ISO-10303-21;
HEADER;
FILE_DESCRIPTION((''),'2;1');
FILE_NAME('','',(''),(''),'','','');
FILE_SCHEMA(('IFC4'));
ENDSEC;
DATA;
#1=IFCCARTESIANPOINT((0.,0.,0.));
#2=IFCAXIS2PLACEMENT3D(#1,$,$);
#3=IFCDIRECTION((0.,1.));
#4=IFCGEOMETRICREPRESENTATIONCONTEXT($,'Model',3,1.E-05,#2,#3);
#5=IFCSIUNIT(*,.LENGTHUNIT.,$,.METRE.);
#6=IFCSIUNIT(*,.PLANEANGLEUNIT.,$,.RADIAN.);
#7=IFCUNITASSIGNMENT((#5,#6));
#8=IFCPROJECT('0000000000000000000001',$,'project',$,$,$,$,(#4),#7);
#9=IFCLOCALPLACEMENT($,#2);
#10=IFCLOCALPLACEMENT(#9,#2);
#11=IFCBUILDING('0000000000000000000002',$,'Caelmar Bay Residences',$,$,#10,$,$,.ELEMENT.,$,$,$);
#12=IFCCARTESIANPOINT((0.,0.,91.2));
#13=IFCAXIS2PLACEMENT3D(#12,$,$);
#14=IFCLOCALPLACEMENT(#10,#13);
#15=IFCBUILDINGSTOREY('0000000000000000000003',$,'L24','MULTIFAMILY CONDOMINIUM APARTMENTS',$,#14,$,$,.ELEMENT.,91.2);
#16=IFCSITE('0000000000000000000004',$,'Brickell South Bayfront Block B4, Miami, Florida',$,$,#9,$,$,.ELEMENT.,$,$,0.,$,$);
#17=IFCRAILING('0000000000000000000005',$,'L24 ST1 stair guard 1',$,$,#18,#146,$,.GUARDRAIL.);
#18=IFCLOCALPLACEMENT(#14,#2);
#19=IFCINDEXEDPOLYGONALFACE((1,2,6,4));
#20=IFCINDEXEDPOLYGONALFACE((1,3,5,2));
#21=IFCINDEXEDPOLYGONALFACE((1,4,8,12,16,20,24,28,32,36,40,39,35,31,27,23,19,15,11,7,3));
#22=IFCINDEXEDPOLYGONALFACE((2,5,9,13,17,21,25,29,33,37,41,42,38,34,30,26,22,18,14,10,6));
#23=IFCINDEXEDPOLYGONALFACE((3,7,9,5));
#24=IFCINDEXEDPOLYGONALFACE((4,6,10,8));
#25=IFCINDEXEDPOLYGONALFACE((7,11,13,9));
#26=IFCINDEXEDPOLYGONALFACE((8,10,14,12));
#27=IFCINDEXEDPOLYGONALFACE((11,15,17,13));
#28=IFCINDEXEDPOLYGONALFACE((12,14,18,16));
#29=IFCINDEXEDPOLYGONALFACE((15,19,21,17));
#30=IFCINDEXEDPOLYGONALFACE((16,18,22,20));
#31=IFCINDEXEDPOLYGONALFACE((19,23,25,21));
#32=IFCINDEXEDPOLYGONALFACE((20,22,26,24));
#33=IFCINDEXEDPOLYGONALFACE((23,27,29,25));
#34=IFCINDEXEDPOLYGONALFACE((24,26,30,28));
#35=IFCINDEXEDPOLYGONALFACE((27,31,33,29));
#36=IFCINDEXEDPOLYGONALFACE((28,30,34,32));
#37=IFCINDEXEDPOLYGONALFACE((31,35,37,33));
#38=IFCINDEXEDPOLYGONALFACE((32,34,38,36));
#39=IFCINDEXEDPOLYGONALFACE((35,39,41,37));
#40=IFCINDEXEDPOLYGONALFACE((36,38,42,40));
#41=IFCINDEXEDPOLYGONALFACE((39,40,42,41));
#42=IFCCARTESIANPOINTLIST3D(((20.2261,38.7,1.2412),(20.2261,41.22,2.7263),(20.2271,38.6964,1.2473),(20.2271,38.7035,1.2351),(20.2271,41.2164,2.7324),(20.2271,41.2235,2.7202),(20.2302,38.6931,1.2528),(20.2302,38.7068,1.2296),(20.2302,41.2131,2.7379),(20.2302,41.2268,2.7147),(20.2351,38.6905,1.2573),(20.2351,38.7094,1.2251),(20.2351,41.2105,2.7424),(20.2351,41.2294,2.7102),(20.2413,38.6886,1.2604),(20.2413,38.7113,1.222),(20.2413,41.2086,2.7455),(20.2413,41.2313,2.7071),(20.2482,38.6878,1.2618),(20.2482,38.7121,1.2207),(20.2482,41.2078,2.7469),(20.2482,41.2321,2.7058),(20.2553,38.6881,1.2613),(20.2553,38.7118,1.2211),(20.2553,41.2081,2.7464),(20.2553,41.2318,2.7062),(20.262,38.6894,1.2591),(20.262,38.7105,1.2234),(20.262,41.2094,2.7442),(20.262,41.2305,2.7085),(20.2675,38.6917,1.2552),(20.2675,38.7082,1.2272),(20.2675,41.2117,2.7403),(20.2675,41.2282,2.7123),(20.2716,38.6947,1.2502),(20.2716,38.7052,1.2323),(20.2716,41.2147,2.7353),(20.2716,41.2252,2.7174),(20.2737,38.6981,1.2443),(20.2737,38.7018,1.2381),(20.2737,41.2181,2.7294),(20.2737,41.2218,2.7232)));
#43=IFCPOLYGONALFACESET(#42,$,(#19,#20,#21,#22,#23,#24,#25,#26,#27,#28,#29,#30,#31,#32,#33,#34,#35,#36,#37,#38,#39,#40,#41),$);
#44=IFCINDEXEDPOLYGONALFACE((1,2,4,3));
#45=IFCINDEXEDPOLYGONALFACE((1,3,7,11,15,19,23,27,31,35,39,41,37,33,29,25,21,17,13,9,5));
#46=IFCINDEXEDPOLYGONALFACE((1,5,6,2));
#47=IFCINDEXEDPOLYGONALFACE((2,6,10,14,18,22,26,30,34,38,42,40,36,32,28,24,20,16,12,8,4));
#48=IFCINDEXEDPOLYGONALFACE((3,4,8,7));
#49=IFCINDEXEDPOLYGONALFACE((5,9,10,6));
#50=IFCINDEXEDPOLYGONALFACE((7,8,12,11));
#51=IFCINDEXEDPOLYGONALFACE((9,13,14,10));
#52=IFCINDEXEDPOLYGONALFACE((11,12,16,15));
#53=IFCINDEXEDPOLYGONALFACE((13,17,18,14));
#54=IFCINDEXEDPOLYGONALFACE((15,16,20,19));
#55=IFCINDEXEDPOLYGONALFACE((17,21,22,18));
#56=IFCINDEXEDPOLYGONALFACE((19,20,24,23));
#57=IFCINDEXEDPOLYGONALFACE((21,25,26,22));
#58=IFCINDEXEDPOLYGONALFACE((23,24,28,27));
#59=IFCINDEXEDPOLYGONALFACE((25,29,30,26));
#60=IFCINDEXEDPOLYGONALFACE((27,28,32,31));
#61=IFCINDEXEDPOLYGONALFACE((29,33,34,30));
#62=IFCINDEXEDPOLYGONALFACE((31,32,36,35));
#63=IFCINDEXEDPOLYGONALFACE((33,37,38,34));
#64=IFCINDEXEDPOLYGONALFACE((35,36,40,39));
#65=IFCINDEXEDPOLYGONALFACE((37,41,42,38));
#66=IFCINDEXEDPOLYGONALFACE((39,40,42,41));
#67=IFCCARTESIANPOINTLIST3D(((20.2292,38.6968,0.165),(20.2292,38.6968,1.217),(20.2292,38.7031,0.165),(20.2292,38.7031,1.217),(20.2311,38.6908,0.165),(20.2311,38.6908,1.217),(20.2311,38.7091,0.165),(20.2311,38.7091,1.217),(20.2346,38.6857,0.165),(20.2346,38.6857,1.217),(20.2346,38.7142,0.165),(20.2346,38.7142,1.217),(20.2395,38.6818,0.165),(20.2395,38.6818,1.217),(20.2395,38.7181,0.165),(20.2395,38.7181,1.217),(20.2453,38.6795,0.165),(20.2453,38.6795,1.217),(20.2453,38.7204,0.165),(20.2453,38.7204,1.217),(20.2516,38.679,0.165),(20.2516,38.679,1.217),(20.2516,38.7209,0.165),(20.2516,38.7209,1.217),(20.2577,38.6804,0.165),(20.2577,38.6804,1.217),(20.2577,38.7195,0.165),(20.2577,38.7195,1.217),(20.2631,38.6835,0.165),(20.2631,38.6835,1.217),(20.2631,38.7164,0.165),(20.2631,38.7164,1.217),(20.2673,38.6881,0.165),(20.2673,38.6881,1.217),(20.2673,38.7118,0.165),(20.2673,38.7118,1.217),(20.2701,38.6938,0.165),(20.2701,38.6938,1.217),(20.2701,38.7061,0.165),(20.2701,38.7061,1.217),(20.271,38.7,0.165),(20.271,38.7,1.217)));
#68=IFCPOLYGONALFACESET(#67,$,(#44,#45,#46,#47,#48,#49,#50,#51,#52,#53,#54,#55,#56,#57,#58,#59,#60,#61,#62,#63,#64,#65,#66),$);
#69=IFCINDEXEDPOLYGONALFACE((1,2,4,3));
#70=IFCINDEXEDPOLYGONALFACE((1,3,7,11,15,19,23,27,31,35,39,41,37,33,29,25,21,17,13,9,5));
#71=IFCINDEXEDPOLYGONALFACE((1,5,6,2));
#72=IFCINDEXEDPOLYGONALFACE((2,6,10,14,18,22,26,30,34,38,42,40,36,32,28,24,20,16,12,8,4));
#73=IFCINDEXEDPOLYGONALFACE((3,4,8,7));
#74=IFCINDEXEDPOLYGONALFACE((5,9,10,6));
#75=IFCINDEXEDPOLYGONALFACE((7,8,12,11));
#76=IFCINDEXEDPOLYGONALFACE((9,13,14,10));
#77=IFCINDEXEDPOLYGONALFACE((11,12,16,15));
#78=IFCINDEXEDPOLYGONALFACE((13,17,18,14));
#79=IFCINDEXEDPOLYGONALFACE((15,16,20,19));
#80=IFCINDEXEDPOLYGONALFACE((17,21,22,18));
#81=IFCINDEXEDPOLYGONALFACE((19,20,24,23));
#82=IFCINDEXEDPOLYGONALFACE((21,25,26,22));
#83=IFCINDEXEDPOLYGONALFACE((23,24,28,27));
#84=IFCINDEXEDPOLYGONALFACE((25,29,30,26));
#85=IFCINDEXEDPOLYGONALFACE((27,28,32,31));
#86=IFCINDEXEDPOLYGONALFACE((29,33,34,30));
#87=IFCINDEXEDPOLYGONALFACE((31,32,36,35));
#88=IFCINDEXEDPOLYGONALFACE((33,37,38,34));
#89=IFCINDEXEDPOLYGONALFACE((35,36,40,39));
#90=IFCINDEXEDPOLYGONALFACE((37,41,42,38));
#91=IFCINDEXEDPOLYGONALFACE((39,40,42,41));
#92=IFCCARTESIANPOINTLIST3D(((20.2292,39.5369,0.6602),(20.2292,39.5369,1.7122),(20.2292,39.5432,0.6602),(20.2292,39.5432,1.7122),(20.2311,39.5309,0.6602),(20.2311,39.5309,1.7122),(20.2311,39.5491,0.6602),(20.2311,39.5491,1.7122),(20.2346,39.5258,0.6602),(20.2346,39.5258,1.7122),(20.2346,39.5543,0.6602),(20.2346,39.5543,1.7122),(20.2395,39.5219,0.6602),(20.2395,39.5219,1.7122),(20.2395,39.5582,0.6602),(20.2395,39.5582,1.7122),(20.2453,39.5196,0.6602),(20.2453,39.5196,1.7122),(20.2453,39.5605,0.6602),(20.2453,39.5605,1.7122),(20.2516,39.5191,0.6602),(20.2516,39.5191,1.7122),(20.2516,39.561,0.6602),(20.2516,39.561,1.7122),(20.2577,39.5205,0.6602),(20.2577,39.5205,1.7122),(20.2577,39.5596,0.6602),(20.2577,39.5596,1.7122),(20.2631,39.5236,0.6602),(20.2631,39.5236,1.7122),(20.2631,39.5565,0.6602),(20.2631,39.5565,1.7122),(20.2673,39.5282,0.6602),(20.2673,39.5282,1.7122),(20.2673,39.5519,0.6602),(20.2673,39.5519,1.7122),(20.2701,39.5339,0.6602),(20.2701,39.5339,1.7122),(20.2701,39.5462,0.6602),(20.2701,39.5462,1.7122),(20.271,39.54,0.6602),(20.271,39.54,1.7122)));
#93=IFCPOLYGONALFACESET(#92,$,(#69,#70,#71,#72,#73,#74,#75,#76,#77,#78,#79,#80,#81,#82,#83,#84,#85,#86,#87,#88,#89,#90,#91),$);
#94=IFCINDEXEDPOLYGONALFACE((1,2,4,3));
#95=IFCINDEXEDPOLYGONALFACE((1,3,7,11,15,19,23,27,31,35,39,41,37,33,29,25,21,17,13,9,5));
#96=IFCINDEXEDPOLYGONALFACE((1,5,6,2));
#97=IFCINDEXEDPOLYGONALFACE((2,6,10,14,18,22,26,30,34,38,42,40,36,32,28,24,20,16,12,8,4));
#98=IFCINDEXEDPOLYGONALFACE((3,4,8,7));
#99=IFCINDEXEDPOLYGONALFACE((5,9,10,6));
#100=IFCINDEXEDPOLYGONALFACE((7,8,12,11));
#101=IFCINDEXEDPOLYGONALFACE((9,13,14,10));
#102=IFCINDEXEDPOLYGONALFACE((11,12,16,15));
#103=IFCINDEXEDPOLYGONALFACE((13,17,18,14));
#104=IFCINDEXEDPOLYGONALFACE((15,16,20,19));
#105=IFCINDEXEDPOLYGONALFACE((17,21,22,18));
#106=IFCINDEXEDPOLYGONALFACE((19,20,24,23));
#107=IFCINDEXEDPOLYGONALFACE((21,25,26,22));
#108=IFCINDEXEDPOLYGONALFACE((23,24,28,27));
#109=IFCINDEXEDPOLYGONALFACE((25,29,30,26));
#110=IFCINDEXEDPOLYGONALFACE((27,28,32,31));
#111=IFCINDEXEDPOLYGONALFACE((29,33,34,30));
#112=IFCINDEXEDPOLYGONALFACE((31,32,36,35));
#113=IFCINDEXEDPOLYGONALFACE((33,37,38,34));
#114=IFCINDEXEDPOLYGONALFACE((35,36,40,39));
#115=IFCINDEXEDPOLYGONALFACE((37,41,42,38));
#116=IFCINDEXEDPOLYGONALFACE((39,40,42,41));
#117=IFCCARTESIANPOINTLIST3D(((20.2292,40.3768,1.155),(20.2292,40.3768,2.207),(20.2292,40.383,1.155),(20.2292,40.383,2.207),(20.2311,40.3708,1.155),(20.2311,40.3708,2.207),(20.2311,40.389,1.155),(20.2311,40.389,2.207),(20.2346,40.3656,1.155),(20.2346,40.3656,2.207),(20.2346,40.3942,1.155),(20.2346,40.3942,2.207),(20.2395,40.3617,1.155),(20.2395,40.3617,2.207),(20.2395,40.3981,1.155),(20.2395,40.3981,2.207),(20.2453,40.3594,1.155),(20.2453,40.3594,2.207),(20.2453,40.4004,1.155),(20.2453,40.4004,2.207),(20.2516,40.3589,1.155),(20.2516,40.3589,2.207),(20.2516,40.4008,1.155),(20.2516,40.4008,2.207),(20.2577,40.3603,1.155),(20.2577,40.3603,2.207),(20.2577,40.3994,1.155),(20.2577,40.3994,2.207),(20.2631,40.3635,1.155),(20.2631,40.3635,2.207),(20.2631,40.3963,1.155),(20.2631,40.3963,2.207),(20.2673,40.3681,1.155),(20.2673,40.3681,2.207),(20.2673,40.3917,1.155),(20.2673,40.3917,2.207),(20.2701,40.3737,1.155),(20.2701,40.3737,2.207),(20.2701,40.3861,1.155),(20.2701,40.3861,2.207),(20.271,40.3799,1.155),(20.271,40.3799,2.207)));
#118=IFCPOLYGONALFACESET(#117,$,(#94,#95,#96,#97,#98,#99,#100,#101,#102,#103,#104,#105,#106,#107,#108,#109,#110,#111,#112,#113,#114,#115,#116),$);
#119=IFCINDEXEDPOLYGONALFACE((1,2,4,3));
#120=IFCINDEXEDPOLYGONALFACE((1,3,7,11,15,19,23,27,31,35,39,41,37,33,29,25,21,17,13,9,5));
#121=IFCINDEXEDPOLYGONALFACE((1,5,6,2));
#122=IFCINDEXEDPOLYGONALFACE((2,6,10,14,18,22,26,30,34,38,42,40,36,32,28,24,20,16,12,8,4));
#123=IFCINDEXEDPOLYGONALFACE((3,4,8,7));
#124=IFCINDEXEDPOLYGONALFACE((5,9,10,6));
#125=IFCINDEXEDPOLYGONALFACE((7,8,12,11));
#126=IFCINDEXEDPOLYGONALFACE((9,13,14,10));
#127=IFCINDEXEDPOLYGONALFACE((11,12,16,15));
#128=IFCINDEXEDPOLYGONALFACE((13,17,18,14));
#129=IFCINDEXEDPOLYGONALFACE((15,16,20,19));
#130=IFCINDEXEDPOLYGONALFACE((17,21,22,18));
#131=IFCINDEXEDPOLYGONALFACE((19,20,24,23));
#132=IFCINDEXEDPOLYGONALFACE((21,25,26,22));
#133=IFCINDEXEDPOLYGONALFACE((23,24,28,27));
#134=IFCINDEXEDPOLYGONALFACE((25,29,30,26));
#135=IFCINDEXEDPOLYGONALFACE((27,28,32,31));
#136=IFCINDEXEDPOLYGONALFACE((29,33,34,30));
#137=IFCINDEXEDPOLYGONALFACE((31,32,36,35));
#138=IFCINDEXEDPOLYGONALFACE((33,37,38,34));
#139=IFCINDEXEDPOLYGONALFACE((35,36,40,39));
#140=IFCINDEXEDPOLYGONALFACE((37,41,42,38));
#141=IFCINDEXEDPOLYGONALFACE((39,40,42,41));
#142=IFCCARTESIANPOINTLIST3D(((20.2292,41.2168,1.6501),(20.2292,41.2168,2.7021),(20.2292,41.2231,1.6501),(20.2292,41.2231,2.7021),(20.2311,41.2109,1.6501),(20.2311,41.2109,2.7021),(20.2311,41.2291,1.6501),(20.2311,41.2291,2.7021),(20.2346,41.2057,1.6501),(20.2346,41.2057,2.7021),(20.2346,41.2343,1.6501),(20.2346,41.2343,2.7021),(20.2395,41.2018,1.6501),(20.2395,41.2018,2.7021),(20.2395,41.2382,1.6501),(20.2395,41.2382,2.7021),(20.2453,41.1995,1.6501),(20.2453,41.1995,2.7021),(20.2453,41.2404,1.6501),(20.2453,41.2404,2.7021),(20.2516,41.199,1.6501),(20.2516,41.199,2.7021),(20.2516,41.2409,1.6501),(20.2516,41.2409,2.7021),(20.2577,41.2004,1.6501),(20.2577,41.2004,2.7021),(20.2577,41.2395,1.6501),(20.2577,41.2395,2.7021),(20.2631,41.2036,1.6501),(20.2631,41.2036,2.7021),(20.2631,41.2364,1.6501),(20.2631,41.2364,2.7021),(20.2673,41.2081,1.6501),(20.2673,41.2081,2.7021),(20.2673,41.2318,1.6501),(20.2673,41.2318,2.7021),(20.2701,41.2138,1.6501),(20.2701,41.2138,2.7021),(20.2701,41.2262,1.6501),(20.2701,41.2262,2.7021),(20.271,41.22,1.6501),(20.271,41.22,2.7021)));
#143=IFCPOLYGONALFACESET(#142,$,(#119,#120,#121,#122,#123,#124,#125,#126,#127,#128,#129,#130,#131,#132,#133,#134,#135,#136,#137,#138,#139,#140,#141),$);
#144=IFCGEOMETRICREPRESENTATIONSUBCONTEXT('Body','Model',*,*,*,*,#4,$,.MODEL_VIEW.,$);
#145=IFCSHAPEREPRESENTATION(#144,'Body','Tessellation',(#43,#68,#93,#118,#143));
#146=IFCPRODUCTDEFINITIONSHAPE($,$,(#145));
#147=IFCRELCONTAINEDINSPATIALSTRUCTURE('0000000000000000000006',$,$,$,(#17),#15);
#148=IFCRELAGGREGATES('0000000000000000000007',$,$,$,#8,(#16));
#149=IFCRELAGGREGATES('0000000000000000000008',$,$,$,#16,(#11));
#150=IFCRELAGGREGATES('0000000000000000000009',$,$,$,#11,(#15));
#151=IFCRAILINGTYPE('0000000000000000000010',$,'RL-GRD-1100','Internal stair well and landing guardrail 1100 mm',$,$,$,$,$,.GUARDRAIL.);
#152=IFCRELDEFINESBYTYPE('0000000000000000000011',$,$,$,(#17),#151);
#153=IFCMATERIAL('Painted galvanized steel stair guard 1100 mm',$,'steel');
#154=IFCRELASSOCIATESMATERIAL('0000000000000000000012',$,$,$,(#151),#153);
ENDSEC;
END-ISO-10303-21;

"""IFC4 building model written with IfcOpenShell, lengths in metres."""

from ifc_helpers import new_model, si_unit, direction, frame, origin, origin_2d, place, context, subcontext, project, spatial, circle, extrude, material, type_object, element, save


model = new_model("IFC4")

# Units and contexts
model_context = context("Model", 3, precision=1e-05, world=origin(), true_north=direction((0.0, 1.0)))
body_context = subcontext(model_context, "Body", "Model", "MODEL_VIEW")
ifc_project = project(units=[si_unit("LENGTHUNIT", "METRE"), si_unit("PLANEANGLEUNIT", "RADIAN")], contexts=[model_context])

# Site, building, storey
site_placement = place(None, origin())
site = spatial("IfcSite", under=ifc_project, at=site_placement, Name="Brickell South Bayfront Block B4, Miami, Florida", CompositionType="ELEMENT", RefElevation=0.0)
building_placement = place(site_placement, origin())
building = spatial("IfcBuilding", under=site, at=building_placement, Name="Caelmar Bay Residences", CompositionType="ELEMENT")
storey_placement = place(building_placement, frame((0.0, 0.0, 91.2)))
storey = spatial("IfcBuildingStorey", under=building, at=storey_placement, Name="L24", Description="MULTIFAMILY CONDOMINIUM APARTMENTS", CompositionType="ELEMENT", Elevation=91.2)

# Railing
ifc_material_1 = material(Name="Painted galvanized steel stair guard 1100 mm", Category="steel")
railing_type_1 = type_object("IfcRailingType", Name="RL-GRD-1100", Description="Internal stair well and landing guardrail 1100 mm", PredefinedType="GUARDRAIL", material=ifc_material_1)
railing_1_placement = place(storey_placement, frame((20.25, 38.7, 0.165)))
element("IfcRailing", 1, at=railing_1_placement, inside=storey, type_object=railing_type_1, Name="L24 ST1 stair guard 1", PredefinedType="GUARDRAIL", context=body_context, shape_type="SweptSolid", body=[
    extrude(circle(Radius=0.0239, at=origin_2d()), frame((0.0, 0.0, 1.0762), z_axis=(0.0, 0.861524, 0.507717), x_axis=(-1.0, 0.0, 0.0)), (0.0, 0.0, 1.0), 2.925),
    extrude(circle(Radius=0.021, at=origin_2d()), origin(), (0.0, 0.0, 1.0), 1.052),
    extrude(circle(Radius=0.021, at=origin_2d()), frame((0.0, 0.8401, 0.4951)), (0.0, 0.0, 1.0), 1.052),
    extrude(circle(Radius=0.021, at=origin_2d()), frame((0.0, 1.6799, 0.99)), (0.0, 0.0, 1.0), 1.052),
    extrude(circle(Radius=0.021, at=origin_2d()), frame((0.0, 2.52, 1.4851)), (0.0, 0.0, 1.0), 1.052),
])

save(model, "model.ifc")
